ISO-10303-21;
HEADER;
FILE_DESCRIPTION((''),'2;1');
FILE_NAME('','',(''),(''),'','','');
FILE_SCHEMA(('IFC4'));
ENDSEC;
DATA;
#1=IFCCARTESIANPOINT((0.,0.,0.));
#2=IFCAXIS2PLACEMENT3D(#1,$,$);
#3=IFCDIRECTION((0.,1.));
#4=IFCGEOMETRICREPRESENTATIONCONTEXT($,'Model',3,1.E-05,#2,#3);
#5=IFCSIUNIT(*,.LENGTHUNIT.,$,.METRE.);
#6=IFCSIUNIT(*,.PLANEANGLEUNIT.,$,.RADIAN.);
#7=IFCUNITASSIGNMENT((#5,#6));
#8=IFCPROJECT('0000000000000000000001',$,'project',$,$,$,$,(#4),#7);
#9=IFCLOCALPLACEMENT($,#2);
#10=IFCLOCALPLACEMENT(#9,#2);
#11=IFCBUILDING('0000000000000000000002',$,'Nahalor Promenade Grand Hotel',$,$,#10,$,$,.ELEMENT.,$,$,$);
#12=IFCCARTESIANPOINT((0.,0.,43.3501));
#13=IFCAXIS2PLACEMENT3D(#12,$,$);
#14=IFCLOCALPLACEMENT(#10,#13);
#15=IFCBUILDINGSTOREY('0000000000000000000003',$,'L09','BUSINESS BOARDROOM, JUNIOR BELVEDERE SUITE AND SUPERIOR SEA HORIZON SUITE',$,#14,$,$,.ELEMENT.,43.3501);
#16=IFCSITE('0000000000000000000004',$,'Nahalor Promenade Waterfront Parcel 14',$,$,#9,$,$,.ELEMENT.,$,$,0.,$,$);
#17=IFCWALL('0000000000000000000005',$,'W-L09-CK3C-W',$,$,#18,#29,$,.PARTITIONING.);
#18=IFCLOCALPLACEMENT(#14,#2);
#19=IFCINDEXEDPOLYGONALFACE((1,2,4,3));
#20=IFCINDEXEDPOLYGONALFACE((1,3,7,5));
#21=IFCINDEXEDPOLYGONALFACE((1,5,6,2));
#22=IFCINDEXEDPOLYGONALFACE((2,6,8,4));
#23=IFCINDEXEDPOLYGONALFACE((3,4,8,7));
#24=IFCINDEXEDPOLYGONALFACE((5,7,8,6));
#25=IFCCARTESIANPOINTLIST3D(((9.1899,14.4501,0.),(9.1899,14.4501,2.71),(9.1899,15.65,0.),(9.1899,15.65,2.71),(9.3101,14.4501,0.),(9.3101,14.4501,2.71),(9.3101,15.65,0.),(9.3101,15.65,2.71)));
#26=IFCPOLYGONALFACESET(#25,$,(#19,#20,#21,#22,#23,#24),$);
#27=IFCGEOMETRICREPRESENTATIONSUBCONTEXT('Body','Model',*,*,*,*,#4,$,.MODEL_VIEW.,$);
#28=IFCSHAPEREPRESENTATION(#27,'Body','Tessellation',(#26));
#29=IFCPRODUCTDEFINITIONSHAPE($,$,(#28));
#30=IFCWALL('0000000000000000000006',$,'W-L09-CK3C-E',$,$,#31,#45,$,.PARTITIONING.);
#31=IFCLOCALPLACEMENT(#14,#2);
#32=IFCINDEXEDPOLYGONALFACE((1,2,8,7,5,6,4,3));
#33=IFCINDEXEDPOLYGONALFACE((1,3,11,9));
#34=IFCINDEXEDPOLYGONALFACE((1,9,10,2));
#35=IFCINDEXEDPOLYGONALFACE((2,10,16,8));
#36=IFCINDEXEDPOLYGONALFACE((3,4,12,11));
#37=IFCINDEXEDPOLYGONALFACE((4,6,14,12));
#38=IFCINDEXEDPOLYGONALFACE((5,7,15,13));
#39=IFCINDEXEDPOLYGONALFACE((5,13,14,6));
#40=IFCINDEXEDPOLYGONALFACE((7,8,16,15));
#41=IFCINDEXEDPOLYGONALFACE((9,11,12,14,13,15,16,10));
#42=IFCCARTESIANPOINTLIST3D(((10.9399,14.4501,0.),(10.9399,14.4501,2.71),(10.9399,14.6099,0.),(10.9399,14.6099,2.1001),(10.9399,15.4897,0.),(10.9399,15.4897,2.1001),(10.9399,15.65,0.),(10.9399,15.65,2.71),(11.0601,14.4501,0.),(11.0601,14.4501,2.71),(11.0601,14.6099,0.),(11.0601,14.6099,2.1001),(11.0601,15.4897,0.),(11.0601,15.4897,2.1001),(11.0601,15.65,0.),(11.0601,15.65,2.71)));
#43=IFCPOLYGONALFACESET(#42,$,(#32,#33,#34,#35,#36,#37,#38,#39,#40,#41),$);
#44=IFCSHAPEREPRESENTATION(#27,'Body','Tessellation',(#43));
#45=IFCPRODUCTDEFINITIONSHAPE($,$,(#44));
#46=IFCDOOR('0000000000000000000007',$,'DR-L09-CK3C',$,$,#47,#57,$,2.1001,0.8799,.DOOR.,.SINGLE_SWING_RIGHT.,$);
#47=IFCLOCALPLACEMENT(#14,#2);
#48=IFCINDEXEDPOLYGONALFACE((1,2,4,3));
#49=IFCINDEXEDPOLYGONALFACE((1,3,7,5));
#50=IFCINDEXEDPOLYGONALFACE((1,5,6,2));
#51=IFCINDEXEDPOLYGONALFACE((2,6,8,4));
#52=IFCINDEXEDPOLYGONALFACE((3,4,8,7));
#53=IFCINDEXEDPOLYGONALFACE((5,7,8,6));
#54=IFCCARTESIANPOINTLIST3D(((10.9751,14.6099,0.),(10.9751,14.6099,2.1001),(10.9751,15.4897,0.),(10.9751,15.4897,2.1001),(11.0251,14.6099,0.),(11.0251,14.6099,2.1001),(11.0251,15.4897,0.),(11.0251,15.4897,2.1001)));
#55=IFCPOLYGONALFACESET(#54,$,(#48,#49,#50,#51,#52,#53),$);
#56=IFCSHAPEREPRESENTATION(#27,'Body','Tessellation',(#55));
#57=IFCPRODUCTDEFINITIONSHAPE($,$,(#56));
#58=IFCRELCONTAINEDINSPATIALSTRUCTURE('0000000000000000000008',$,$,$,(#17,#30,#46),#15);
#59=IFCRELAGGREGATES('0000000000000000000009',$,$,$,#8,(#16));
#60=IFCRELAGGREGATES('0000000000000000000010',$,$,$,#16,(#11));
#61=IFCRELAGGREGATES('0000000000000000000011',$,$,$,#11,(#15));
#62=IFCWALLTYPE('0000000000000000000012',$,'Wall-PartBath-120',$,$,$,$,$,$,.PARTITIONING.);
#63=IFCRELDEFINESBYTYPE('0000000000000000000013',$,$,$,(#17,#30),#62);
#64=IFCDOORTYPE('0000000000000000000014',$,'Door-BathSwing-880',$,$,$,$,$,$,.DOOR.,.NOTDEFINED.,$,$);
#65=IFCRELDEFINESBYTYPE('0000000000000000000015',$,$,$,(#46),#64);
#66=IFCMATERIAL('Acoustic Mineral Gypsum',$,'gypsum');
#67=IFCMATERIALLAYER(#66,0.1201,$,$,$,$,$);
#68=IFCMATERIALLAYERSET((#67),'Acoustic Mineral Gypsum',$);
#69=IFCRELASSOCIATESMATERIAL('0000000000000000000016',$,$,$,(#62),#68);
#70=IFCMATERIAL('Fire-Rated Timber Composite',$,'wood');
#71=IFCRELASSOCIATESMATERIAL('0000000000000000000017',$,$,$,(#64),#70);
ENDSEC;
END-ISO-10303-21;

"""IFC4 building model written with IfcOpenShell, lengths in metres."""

from ifc_helpers import new_model, si_unit, direction, frame, frame_2d, origin, place, context, subcontext, project, spatial, rectangle, extrude, source, transform, mapped, material, layer, layer_set, type_object, element, fill, save


model = new_model("IFC4")

# Units and contexts
model_context = context("Model", 3, precision=1e-05, world=origin(), true_north=direction((0.0, 1.0)))
body_context = subcontext(model_context, "Body", "Model", "MODEL_VIEW")
ifc_project = project(units=[si_unit("LENGTHUNIT", "METRE"), si_unit("PLANEANGLEUNIT", "RADIAN")], contexts=[model_context])

# Site, building, storey
site_placement = place(None, origin())
site = spatial("IfcSite", under=ifc_project, at=site_placement, Name="Nahalor Promenade Waterfront Parcel 14", CompositionType="ELEMENT", RefElevation=0.0)
building_placement = place(site_placement, origin())
building = spatial("IfcBuilding", under=site, at=building_placement, Name="Nahalor Promenade Grand Hotel", CompositionType="ELEMENT")
storey_placement = place(building_placement, frame((0.0, 0.0, 43.3501)))
storey = spatial("IfcBuildingStorey", under=building, at=storey_placement, Name="L09", Description="BUSINESS BOARDROOM, JUNIOR BELVEDERE SUITE AND SUPERIOR SEA HORIZON SUITE", CompositionType="ELEMENT", Elevation=43.3501)

# Shared definitions
ifc_material_1 = material(Name="Acoustic Mineral Gypsum", Category="gypsum")
ifc_layer_1 = layer(ifc_material_1, 0.1201)
ifc_layer_set_1 = layer_set([ifc_layer_1], Name="Acoustic Mineral Gypsum")
wall_type_1 = type_object("IfcWallType", Name="Wall-PartBath-120", PredefinedType="PARTITIONING", material=ifc_layer_set_1)

# Shared definitions
ifc_material_2 = material(Name="Fire-Rated Timber Composite", Category="wood")
door_type_1 = type_object("IfcDoorType", Name="Door-BathSwing-880", OperationType="NOTDEFINED", PredefinedType="DOOR", material=ifc_material_2)
shared_shape_1 = source(origin(), body_context, "Body", "SweptSolid", [
    extrude(rectangle(XDim=0.8799, YDim=2.1001, at=frame_2d((0.4399, 1.05))), frame((0.0, 0.0249, 0.0), z_axis=(0.0, -1.0, 0.0), x_axis=(1.0, 0.0, 0.0)), (0.0, 0.0, 1.0), 0.05),
])

# Wall
shared_shape_2 = source(origin(), body_context, "Body", "SweptSolid", [
    extrude(rectangle(XDim=1.2, YDim=0.1201, at=frame_2d((0.6001, 0.0))), origin(), (0.0, 0.0, 1.0), 2.71),
])
wall_1_placement = place(storey_placement, frame((9.25, 14.45, 0.0), z_axis=(0.0, 0.0, 1.0), x_axis=(0.0, 1.0, 0.0)))
element("IfcWall", 1, at=wall_1_placement, inside=storey, type_object=wall_type_1, Name="W-L09-CK3C-W", PredefinedType="PARTITIONING", context=body_context, shape_type="MappedRepresentation", body=[
    mapped(shared_shape_2, transform((0.0, 0.0, 0.0), scale=1.0)),
])

# Wall, opening, door
wall_2_placement = place(storey_placement, frame((11.0, 14.45, 0.0), z_axis=(0.0, 0.0, 1.0), x_axis=(0.0, 1.0, 0.0)))
wall_2 = element("IfcWall", 2, at=wall_2_placement, inside=storey, type_object=wall_type_1, Name="W-L09-CK3C-E", PredefinedType="PARTITIONING", context=body_context, shape_type="MappedRepresentation", body=[
    mapped(shared_shape_2, transform((0.0, 0.0, 0.0), scale=1.0)),
])
opening_1_placement = place(wall_2_placement, frame((0.1599, 0.0, 0.0)))
opening_1 = element("IfcOpeningElement", 3, at=opening_1_placement, cuts=wall_2, PredefinedType="OPENING", context=body_context, shape_type="SweptSolid", body=[
    extrude(rectangle(XDim=0.8799, YDim=2.1001, at=frame_2d((0.4399, 1.05))), frame((0.0, 0.0701, 0.0), z_axis=(0.0, -1.0, 0.0), x_axis=(1.0, 0.0, 0.0)), (0.0, 0.0, 1.0), 0.1401),
])
door_1_placement = place(opening_1_placement, origin())
door_1 = element("IfcDoor", 4, at=door_1_placement, inside=storey, type_object=door_type_1, Name="DR-L09-CK3C", OperationType="SINGLE_SWING_RIGHT", OverallHeight=2.1001, OverallWidth=0.8799, PredefinedType="DOOR", context=body_context, shape_type="MappedRepresentation", body=[
    mapped(shared_shape_1, transform((0.0, 0.0, 0.0), scale=1.0)),
])
fill(opening_1, door_1)

save(model, "model.ifc")
